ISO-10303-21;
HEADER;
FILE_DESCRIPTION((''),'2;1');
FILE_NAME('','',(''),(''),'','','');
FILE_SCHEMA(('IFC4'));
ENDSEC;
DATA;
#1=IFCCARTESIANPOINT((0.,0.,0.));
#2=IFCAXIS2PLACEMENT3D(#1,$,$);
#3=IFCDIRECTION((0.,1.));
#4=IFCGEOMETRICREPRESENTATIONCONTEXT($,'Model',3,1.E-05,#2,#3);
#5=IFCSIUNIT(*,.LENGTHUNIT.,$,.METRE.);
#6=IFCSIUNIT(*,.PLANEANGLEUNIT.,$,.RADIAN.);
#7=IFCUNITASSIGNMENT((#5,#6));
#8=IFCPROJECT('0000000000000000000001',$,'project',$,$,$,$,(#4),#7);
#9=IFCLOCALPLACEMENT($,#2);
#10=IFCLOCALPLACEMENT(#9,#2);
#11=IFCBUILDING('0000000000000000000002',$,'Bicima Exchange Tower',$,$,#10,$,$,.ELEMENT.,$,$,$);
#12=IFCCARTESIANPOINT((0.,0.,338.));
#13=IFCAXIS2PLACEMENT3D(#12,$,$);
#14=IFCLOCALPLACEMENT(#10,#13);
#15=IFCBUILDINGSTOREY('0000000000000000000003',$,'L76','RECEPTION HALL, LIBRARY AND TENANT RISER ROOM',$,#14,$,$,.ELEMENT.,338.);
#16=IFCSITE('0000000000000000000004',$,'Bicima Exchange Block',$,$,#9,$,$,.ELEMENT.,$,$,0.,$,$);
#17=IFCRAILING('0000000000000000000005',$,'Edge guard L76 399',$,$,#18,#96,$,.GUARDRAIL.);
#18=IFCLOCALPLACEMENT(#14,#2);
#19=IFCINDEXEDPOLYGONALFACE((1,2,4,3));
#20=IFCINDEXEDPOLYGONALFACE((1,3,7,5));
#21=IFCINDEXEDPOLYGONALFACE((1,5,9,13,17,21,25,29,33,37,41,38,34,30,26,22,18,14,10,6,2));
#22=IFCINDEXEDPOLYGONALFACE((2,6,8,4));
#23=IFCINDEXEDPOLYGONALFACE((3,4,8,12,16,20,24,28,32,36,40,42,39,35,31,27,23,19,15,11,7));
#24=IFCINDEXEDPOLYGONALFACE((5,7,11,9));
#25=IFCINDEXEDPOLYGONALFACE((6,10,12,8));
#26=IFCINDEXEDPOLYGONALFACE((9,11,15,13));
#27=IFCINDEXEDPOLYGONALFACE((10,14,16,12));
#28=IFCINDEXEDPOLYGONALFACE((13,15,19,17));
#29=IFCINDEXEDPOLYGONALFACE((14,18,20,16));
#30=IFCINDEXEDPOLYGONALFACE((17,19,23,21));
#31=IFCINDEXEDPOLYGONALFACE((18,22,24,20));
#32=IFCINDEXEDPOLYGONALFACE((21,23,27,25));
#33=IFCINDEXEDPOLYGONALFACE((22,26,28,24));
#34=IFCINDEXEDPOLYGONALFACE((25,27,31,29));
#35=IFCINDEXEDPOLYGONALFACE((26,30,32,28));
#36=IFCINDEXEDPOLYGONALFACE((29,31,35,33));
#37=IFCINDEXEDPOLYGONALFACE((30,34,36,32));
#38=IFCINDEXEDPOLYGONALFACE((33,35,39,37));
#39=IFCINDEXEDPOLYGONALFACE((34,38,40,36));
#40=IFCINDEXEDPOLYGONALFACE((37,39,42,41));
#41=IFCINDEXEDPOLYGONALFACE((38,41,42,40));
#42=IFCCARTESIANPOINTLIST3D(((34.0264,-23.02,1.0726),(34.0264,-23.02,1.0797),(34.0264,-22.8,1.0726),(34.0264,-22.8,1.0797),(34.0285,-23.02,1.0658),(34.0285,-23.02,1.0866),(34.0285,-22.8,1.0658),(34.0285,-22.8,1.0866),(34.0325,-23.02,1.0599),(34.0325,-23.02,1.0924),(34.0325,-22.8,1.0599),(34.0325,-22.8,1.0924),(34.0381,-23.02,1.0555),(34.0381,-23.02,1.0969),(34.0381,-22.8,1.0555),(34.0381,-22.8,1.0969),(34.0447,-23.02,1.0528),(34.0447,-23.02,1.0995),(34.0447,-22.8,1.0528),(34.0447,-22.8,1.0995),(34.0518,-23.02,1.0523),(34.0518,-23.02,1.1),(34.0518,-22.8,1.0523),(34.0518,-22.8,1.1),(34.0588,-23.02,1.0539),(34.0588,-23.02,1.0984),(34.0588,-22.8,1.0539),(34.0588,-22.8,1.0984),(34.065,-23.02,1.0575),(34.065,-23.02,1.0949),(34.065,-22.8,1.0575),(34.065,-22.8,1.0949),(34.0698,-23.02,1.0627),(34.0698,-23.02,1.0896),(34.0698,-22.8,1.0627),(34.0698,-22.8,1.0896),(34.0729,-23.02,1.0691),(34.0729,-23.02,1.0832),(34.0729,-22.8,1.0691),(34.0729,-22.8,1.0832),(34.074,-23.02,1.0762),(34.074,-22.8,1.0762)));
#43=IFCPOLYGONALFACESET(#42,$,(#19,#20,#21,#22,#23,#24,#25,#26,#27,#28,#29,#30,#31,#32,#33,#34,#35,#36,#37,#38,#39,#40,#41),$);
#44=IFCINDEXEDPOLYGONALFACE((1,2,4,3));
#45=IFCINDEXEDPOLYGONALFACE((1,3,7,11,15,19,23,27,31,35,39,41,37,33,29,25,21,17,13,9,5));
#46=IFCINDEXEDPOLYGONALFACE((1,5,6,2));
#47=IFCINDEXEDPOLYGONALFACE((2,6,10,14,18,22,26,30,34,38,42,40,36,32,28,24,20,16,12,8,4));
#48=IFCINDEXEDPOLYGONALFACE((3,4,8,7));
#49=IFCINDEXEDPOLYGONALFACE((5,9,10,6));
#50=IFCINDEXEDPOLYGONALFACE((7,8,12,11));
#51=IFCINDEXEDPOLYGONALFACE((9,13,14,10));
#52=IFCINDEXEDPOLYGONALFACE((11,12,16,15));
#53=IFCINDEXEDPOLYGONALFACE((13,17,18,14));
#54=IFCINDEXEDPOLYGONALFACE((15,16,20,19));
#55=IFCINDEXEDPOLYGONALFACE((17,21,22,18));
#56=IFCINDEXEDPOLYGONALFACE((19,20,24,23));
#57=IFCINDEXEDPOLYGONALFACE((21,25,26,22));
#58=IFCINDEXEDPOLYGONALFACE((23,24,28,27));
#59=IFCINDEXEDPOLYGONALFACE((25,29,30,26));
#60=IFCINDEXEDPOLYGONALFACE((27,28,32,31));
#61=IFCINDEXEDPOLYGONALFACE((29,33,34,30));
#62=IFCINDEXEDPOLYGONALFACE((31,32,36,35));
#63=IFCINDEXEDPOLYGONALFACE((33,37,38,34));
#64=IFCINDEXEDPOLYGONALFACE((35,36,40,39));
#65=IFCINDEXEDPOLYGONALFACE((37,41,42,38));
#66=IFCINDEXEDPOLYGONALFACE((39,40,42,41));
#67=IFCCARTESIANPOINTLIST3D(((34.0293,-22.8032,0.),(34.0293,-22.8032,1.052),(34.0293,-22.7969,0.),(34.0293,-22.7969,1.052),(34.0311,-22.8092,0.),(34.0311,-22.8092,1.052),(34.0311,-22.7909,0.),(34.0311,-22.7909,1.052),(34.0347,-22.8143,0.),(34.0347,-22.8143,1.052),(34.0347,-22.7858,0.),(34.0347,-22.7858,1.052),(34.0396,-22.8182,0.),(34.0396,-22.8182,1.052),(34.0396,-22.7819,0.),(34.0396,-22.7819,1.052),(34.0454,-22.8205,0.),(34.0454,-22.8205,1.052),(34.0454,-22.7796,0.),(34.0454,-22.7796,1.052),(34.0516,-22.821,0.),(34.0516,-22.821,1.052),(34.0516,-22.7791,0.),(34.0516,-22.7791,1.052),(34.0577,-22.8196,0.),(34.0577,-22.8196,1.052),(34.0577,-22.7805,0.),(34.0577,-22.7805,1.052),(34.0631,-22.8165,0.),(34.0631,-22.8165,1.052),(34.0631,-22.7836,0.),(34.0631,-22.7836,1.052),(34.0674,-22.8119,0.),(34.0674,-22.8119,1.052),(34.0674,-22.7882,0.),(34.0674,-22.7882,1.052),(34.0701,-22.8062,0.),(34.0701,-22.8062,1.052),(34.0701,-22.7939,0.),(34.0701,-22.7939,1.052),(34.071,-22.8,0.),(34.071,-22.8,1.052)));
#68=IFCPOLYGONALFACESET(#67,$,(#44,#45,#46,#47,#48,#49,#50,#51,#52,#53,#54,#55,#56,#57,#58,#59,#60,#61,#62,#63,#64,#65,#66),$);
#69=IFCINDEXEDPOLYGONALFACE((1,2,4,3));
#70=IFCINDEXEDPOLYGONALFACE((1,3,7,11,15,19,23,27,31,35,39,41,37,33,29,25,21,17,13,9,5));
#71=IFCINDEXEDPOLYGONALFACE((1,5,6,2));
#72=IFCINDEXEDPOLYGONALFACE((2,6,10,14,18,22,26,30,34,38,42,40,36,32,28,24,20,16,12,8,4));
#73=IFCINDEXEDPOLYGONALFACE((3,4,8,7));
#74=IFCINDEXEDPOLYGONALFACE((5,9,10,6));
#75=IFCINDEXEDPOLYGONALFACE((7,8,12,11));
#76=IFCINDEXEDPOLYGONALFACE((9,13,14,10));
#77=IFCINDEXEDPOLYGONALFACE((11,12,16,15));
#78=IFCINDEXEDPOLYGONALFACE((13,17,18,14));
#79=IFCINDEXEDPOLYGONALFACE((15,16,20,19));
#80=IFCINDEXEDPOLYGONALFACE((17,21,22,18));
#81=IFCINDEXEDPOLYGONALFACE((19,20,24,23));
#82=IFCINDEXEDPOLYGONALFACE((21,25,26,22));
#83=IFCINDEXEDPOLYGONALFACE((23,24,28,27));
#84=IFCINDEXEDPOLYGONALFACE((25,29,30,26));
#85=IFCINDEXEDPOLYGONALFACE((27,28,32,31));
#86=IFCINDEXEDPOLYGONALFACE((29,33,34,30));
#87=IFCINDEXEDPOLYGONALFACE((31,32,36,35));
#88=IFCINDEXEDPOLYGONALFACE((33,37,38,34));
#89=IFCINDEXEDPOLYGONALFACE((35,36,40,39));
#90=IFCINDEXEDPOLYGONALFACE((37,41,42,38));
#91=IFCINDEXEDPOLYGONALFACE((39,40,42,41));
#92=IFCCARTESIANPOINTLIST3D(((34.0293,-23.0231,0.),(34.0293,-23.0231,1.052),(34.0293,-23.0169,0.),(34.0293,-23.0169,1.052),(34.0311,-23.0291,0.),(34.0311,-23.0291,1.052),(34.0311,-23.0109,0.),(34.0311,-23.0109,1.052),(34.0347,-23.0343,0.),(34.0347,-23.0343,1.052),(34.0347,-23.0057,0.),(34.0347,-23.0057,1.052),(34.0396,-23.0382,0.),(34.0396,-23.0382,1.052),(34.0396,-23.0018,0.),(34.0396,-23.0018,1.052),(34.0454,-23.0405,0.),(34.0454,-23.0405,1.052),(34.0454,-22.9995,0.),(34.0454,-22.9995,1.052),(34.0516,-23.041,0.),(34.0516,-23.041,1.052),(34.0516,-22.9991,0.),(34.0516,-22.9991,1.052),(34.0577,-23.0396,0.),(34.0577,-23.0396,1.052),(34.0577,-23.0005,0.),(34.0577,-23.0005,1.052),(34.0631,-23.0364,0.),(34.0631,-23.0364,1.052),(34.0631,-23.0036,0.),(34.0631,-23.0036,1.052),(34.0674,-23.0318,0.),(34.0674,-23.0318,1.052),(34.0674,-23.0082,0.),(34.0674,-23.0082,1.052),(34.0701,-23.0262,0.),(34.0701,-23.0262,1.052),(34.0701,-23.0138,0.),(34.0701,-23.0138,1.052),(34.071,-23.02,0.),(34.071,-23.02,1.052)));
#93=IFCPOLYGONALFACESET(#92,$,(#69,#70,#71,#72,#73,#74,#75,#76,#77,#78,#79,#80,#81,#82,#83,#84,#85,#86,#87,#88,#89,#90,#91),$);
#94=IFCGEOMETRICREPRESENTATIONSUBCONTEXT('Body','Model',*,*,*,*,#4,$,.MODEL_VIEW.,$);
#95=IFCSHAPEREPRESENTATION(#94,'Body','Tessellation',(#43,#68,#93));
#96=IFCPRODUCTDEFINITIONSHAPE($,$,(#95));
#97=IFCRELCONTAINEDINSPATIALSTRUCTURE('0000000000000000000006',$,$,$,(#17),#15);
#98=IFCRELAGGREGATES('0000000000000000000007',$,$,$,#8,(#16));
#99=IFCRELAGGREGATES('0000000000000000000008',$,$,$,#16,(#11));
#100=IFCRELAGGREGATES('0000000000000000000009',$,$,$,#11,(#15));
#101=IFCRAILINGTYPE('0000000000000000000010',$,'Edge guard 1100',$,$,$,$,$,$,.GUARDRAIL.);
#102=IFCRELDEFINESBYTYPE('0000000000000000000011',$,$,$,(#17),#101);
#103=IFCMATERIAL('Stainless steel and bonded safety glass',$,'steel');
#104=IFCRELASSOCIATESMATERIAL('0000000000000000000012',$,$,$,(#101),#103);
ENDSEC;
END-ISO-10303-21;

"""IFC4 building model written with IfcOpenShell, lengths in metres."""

from ifc_helpers import new_model, si_unit, direction, frame, origin, origin_2d, place, context, subcontext, project, spatial, circle, extrude, material, type_object, element, save


model = new_model("IFC4")

# Units and contexts
model_context = context("Model", 3, precision=1e-05, world=origin(), true_north=direction((0.0, 1.0)))
body_context = subcontext(model_context, "Body", "Model", "MODEL_VIEW")
ifc_project = project(units=[si_unit("LENGTHUNIT", "METRE"), si_unit("PLANEANGLEUNIT", "RADIAN")], contexts=[model_context])

# Site, building, storey
site_placement = place(None, origin())
site = spatial("IfcSite", under=ifc_project, at=site_placement, Name="Bicima Exchange Block", CompositionType="ELEMENT", RefElevation=0.0)
building_placement = place(site_placement, origin())
building = spatial("IfcBuilding", under=site, at=building_placement, Name="Bicima Exchange Tower", CompositionType="ELEMENT")
storey_placement = place(building_placement, frame((0.0, 0.0, 338.0)))
storey = spatial("IfcBuildingStorey", under=building, at=storey_placement, Name="L76", Description="RECEPTION HALL, LIBRARY AND TENANT RISER ROOM", CompositionType="ELEMENT", Elevation=338.0)

# Railing
ifc_material_1 = material(Name="Stainless steel and bonded safety glass", Category="steel")
railing_type = type_object("IfcRailingType", Name="Edge guard 1100", PredefinedType="GUARDRAIL", material=ifc_material_1)
railing_1_placement = place(storey_placement, frame((34.05, -22.8, 0.0)))
element("IfcRailing", 1, at=railing_1_placement, inside=storey, type_object=railing_type, Name="Edge guard L76 399", PredefinedType="GUARDRAIL", context=body_context, shape_type="SweptSolid", body=[
    extrude(circle(Radius=0.0239, at=origin_2d()), frame((0.0, 0.0, 1.0762), z_axis=(0.0, -1.0, 0.0), x_axis=(1.0, 0.0, 0.0)), (0.0, 0.0, 1.0), 0.22),
    extrude(circle(Radius=0.021, at=origin_2d()), origin(), (0.0, 0.0, 1.0), 1.052),
    extrude(circle(Radius=0.021, at=origin_2d()), frame((0.0, -0.22, 0.0)), (0.0, 0.0, 1.0), 1.052),
])

save(model, "model.ifc")
